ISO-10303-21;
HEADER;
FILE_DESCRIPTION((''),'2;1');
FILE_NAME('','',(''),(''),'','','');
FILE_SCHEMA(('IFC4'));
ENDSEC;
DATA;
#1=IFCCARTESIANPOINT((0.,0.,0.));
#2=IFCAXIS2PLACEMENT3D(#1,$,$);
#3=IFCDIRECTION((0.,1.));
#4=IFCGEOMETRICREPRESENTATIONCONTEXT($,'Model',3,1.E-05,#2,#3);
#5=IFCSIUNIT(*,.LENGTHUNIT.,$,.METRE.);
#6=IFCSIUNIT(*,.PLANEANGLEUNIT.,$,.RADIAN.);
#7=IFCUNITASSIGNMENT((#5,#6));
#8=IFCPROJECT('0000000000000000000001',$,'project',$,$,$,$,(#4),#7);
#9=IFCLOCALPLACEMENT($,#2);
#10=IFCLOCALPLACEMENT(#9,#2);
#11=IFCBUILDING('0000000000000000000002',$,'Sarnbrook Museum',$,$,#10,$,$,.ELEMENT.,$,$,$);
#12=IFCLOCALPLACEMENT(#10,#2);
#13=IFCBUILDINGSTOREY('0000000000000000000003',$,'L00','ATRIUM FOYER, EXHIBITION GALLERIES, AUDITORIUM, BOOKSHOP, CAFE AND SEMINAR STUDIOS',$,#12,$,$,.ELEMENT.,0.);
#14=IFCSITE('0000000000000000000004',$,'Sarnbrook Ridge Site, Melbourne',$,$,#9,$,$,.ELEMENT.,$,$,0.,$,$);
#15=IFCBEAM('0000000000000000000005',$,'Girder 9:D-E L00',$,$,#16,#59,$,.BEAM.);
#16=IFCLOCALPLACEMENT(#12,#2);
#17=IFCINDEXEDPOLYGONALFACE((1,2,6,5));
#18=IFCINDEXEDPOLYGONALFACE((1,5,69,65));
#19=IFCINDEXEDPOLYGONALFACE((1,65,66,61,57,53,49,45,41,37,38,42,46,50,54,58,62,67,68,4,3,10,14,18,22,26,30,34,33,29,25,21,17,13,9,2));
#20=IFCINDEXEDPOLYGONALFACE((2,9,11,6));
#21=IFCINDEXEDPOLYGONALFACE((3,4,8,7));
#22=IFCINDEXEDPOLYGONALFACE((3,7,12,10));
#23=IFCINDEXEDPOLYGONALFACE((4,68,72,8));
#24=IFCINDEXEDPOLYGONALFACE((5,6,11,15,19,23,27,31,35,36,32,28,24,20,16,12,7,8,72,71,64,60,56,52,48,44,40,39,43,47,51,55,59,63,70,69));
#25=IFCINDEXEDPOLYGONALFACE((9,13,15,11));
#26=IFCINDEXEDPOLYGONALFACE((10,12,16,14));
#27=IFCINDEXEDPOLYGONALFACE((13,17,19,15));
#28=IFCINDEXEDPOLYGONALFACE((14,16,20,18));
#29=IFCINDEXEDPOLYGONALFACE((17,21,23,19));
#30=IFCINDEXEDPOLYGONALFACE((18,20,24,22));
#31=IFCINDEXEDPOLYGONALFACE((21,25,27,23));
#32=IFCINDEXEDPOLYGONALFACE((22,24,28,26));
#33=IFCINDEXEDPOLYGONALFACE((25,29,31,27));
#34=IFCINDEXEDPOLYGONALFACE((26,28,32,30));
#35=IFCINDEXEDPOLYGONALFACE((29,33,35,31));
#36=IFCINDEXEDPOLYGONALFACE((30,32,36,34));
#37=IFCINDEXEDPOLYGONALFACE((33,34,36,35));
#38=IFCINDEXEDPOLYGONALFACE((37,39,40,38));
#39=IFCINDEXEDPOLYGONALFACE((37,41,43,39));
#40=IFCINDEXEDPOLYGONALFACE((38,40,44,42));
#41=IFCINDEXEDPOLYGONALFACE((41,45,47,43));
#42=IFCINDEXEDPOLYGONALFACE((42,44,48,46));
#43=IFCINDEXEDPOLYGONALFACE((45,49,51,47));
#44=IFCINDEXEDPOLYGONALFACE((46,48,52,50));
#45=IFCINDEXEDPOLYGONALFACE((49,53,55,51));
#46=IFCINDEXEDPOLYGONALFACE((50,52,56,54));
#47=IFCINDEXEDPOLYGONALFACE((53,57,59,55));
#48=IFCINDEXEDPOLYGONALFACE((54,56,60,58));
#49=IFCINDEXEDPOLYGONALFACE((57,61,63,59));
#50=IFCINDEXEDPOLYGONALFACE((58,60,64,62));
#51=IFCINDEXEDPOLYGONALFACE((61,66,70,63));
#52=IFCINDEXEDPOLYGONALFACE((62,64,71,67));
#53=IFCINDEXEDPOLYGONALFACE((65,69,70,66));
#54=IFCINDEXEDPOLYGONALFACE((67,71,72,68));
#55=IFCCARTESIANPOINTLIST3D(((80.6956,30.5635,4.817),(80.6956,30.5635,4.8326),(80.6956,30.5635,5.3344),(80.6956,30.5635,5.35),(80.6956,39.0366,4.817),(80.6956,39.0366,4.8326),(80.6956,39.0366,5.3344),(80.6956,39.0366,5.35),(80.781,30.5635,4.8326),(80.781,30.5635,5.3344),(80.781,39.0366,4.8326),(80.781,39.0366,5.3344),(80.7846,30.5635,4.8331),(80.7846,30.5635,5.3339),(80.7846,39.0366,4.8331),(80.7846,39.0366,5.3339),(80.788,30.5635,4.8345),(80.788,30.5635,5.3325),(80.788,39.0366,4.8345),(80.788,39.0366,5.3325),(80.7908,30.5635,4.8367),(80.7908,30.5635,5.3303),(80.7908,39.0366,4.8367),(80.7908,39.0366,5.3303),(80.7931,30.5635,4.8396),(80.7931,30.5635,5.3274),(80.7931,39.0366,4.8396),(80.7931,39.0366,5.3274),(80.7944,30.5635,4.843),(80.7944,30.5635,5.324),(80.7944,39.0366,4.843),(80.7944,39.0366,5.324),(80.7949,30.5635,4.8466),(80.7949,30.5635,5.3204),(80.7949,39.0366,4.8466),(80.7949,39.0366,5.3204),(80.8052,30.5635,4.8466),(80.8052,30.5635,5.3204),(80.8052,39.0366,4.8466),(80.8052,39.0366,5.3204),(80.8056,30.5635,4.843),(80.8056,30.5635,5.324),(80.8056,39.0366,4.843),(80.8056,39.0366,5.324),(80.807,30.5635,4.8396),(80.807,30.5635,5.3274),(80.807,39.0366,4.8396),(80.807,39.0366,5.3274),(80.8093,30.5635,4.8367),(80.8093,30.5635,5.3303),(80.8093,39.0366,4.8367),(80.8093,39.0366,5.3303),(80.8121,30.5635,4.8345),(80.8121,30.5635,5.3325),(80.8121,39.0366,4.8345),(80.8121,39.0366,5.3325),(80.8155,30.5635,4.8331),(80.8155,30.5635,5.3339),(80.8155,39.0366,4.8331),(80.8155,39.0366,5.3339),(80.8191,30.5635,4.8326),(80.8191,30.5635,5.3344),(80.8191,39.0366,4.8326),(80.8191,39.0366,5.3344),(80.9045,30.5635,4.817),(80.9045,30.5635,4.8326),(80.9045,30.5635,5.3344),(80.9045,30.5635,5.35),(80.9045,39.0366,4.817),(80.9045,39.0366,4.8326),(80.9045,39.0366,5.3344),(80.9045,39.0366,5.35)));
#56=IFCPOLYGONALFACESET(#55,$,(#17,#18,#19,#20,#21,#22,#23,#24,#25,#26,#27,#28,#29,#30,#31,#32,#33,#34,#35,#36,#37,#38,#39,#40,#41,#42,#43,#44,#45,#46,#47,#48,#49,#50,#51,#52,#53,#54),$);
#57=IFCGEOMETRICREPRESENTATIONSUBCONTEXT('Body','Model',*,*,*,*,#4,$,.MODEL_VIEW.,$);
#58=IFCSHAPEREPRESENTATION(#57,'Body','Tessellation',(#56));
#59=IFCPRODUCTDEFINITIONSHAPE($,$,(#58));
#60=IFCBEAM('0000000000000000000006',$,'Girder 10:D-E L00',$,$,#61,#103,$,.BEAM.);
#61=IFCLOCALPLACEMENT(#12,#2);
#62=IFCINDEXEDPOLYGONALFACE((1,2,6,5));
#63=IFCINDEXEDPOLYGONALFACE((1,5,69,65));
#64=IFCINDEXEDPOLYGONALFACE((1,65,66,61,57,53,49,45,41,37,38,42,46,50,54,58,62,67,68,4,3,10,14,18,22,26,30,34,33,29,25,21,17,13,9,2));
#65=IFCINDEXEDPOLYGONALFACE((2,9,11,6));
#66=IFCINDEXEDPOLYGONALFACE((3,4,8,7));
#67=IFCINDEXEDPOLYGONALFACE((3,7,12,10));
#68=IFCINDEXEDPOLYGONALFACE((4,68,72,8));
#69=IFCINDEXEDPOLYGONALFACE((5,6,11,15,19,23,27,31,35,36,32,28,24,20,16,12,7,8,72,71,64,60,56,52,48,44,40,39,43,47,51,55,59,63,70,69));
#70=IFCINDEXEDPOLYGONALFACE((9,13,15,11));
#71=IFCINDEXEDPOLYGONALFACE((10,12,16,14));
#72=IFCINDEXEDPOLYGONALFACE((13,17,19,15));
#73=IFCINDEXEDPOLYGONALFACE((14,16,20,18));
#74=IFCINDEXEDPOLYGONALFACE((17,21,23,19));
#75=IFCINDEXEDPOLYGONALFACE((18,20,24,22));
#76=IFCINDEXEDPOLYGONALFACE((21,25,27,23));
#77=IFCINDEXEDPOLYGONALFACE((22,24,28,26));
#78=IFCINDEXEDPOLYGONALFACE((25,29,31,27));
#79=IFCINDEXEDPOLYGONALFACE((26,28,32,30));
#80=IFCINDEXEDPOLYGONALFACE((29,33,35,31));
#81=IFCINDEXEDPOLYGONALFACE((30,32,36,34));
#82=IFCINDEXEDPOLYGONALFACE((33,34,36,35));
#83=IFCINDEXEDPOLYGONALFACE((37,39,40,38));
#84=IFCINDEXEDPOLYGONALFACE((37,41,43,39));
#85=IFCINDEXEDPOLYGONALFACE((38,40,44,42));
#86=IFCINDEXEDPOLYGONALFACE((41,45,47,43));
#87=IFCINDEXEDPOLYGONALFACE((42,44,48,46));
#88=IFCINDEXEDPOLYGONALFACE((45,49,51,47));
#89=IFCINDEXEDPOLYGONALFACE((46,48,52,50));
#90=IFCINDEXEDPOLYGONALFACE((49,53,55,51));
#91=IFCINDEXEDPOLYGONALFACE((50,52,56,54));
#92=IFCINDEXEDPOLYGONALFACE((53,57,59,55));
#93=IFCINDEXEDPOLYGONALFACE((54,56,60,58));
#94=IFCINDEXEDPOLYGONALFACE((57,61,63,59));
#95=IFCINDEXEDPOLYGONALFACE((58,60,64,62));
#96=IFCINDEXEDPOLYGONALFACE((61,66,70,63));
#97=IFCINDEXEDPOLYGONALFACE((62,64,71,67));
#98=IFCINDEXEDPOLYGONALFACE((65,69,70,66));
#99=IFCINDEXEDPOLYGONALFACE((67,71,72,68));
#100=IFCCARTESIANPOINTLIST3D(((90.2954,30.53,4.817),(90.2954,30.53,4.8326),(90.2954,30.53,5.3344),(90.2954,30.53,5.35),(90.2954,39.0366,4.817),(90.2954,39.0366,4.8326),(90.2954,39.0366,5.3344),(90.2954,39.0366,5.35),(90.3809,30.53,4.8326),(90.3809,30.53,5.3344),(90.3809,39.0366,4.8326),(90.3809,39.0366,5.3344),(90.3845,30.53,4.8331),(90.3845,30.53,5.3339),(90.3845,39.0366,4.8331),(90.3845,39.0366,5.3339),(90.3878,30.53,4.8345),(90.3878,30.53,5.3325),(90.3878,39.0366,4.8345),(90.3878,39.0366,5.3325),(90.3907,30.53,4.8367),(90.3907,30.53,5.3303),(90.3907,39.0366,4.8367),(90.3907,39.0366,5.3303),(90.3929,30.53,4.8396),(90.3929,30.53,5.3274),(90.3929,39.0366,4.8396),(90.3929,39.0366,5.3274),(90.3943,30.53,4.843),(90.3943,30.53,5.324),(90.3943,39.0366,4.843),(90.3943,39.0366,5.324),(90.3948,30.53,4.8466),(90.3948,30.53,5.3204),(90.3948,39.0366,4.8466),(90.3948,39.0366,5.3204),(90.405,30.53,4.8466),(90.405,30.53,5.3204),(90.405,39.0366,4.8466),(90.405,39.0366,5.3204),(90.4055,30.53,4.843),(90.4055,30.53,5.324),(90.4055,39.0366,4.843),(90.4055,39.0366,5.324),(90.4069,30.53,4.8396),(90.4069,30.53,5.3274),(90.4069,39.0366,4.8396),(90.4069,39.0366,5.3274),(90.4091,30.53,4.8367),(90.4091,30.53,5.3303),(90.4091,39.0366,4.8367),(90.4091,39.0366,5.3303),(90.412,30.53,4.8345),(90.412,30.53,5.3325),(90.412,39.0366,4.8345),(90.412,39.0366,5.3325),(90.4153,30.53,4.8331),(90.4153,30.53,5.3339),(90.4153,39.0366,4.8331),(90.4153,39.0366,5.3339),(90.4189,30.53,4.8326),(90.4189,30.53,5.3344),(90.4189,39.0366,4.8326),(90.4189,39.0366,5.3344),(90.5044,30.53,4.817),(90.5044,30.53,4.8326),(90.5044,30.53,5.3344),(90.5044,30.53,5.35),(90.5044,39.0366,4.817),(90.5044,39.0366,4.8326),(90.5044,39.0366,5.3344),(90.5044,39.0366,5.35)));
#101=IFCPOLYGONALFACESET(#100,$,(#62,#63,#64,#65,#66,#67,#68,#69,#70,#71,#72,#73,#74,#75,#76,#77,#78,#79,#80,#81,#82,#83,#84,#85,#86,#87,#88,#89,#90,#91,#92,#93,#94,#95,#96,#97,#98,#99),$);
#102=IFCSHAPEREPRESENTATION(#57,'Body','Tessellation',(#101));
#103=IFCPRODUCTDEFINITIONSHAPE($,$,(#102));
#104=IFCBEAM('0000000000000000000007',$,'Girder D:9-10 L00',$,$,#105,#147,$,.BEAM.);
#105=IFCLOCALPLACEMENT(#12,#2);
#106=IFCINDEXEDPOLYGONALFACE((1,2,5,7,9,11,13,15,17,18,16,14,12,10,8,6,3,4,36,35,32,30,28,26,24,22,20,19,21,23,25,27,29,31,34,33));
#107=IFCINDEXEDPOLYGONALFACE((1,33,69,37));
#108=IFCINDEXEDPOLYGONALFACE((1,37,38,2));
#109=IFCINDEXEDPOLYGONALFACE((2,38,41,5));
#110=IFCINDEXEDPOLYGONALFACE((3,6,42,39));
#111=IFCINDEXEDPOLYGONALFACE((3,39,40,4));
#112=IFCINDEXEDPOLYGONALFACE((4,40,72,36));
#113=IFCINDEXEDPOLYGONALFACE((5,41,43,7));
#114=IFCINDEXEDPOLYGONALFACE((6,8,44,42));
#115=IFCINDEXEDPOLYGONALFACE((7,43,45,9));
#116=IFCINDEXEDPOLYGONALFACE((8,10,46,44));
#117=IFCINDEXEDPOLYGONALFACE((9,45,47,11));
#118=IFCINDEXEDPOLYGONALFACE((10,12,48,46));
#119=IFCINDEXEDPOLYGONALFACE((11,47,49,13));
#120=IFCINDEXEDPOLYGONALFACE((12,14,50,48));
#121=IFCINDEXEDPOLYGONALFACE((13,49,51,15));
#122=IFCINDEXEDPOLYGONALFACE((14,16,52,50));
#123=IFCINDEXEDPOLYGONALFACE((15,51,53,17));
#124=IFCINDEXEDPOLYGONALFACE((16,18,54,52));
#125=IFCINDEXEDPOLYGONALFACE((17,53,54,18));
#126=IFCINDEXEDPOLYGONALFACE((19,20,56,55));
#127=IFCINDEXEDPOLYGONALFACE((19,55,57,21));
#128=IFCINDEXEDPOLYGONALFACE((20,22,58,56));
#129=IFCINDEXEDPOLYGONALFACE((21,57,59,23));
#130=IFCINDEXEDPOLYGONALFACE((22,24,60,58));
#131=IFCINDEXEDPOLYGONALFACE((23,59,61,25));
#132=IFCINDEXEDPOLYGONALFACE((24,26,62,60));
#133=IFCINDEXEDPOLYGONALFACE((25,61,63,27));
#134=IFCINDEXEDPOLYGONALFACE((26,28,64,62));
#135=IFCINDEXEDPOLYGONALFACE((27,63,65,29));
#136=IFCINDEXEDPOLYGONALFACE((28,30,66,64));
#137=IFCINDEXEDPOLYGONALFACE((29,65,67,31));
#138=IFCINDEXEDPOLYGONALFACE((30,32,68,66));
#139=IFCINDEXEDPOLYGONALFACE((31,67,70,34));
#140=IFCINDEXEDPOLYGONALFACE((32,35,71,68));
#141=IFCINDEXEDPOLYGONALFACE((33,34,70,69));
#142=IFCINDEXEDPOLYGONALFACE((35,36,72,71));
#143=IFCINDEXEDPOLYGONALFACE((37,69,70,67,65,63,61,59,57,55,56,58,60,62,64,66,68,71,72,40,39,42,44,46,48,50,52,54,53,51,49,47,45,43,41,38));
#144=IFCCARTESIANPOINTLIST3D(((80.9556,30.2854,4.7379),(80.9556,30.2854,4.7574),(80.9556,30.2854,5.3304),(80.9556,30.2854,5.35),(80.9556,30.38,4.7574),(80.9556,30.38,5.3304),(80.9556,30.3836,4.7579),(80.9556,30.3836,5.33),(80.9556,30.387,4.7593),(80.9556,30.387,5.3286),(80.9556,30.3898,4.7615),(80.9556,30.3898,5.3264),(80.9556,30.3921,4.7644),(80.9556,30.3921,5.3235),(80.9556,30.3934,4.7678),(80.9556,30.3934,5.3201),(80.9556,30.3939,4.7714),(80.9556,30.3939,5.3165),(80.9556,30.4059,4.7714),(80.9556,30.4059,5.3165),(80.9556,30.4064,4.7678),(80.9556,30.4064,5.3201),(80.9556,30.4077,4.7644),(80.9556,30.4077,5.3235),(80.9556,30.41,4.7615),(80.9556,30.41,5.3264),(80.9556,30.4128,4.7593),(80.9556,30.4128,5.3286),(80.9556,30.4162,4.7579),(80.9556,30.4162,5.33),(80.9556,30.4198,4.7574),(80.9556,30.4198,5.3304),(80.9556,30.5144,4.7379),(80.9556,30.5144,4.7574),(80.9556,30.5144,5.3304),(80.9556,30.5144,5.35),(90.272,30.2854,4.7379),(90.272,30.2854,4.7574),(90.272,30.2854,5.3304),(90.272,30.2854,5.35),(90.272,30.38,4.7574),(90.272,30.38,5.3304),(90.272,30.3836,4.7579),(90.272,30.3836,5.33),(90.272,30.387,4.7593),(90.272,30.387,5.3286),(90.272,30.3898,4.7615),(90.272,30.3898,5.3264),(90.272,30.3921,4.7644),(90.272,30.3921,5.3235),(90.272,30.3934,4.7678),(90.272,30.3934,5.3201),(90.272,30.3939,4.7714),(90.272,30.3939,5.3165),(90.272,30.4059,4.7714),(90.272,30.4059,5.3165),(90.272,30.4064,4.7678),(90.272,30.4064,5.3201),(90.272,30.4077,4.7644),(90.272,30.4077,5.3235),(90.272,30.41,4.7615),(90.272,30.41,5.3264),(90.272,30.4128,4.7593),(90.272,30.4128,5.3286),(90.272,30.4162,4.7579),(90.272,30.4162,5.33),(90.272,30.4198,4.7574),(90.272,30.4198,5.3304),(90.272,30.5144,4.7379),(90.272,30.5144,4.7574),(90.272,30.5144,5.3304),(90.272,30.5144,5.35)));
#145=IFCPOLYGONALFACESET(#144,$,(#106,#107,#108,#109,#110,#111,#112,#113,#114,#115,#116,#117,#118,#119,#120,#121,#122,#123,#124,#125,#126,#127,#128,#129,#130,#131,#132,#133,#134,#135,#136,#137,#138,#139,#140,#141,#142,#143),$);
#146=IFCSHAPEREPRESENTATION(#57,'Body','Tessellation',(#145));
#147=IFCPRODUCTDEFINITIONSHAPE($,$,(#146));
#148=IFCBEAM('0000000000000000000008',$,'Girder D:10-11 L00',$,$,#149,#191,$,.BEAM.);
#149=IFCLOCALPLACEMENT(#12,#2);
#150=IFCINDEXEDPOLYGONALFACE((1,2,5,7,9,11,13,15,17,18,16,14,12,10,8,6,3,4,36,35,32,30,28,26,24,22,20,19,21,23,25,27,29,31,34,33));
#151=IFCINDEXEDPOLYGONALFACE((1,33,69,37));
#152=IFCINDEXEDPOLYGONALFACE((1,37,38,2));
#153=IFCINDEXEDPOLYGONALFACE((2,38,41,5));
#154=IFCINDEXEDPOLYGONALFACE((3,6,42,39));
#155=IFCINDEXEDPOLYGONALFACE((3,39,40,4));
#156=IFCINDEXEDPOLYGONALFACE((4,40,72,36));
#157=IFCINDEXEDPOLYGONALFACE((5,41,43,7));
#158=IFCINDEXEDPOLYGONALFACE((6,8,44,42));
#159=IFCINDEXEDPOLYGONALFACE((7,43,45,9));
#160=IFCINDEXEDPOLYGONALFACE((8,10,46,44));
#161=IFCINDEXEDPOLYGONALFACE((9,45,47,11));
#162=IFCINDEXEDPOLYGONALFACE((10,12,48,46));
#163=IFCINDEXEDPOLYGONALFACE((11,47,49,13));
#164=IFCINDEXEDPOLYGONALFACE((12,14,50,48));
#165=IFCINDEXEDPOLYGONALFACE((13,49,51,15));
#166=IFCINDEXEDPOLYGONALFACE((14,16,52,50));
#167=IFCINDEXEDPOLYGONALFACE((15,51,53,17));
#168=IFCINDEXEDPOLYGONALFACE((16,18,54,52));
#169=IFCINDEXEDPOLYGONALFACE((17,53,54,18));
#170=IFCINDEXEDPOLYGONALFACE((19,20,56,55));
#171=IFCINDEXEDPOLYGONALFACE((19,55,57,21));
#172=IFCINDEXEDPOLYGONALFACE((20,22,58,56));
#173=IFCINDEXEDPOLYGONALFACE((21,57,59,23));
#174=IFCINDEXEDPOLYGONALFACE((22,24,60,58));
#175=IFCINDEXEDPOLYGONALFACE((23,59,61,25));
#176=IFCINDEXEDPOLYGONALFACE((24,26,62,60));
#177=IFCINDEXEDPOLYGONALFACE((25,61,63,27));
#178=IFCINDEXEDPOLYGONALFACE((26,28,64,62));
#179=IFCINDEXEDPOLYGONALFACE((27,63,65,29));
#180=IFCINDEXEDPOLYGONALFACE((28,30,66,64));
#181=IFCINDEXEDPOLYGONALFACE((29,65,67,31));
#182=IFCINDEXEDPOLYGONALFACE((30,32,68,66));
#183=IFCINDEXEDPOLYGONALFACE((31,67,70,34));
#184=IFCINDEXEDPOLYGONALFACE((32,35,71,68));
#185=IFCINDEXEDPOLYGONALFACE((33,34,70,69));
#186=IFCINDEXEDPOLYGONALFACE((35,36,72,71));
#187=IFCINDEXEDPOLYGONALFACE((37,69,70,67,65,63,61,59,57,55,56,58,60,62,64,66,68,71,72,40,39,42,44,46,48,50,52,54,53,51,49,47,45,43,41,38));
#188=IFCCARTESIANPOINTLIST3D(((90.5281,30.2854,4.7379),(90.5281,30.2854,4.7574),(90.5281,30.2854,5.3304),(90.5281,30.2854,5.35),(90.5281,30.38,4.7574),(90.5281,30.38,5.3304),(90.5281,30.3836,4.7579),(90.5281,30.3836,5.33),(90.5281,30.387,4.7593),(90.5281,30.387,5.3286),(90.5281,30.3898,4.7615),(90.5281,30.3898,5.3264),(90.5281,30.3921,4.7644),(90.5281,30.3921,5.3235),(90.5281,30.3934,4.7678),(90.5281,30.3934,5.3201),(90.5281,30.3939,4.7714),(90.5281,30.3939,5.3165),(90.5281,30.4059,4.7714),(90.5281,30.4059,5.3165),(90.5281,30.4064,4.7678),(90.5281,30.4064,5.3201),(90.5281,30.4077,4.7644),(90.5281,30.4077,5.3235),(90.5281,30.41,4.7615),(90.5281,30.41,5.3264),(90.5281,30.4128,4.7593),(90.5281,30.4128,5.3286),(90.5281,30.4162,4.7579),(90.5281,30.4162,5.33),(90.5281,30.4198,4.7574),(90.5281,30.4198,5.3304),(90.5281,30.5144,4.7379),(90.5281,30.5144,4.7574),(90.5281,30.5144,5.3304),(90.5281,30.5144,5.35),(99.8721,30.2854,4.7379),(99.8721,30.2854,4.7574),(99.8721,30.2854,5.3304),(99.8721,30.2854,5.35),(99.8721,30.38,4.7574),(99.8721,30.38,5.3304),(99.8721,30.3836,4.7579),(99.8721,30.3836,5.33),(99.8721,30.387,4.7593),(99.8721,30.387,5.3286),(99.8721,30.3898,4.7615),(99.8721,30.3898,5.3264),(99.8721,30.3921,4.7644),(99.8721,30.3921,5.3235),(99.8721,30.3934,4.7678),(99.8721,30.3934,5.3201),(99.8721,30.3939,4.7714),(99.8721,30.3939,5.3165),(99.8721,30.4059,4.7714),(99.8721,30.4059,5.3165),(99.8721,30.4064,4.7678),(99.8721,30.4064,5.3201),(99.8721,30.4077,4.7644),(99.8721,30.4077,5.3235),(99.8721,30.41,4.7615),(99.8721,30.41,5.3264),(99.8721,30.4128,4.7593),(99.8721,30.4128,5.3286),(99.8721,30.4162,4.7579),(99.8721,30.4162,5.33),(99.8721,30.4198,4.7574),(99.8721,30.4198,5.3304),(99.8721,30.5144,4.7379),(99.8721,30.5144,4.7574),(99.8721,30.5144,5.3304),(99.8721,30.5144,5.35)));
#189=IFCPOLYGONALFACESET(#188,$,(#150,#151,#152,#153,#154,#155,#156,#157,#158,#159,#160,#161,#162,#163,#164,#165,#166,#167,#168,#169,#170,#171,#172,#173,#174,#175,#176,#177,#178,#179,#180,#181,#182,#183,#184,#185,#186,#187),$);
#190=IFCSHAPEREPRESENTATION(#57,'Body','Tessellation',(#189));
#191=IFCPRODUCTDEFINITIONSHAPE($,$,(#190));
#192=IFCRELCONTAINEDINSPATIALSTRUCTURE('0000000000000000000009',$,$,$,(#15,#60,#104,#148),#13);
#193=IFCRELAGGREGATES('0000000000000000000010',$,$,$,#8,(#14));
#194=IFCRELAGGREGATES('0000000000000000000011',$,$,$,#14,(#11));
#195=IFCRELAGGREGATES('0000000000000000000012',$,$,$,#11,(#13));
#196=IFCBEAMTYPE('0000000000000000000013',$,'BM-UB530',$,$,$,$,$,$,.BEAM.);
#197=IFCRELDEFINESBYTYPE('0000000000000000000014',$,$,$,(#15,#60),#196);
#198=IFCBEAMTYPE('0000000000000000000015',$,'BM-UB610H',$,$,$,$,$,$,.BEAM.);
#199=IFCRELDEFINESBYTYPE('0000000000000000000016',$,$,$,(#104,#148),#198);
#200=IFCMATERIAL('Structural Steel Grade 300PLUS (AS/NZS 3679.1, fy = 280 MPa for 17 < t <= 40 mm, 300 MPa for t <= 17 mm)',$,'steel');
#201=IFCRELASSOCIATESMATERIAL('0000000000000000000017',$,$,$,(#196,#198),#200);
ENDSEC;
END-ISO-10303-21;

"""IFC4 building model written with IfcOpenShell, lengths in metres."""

from ifc_helpers import new_model, si_unit, direction, frame, origin, origin_2d, place, context, subcontext, project, spatial, i_section, extrude, material, material_profile, profile_set, type_object, element, save


model = new_model("IFC4")

# Units and contexts
model_context = context("Model", 3, precision=1e-05, world=origin(), true_north=direction((0.0, 1.0)))
body_context = subcontext(model_context, "Body", "Model", "MODEL_VIEW")
ifc_project = project(units=[si_unit("LENGTHUNIT", "METRE"), si_unit("PLANEANGLEUNIT", "RADIAN")], contexts=[model_context])

# Site, building, storey
site_placement = place(None, origin())
site = spatial("IfcSite", under=ifc_project, at=site_placement, Name="Sarnbrook Ridge Site, Melbourne", CompositionType="ELEMENT", RefElevation=0.0)
building_placement = place(site_placement, origin())
building = spatial("IfcBuilding", under=site, at=building_placement, Name="Sarnbrook Museum", CompositionType="ELEMENT")
storey_placement = place(building_placement, origin())
storey = spatial("IfcBuildingStorey", under=building, at=storey_placement, Name="L00", Description="ATRIUM FOYER, EXHIBITION GALLERIES, AUDITORIUM, BOOKSHOP, CAFE AND SEMINAR STUDIOS", CompositionType="ELEMENT", Elevation=0.0)

# Shared definitions
ifc_material_1 = material(Name="Structural Steel Grade 300PLUS (AS/NZS 3679.1, fy = 280 MPa for 17 < t <= 40 mm, 300 MPa for t <= 17 mm)", Category="steel")

# Beams
ifc_material_profile_1 = material_profile(ifc_material_1, i_section(OverallWidth=0.209, OverallDepth=0.533, WebThickness=0.0103, FlangeThickness=0.0156, FilletRadius=0.0139, at=origin_2d()), Name="530UB92.4")
ifc_profile_set_1 = profile_set([ifc_material_profile_1], Name="Structural Steel Grade 300PLUS (AS/NZS 3679.1, fy = 280 MPa for 17 < t <= 40 mm, 300 MPa for t <= 17 mm)")
beam_type_1 = type_object("IfcBeamType", Name="BM-UB530", PredefinedType="BEAM", material=ifc_profile_set_1)
beam_1_placement = place(storey_placement, frame((80.8, 30.5635, 5.0835), z_axis=(0.0, 1.0, 0.0), x_axis=(-1.0, 0.0, 0.0)))
element("IfcBeam", 1, at=beam_1_placement, inside=storey, type_object=beam_type_1, Name="Girder 9:D-E L00", PredefinedType="BEAM", context=body_context, shape_type="SweptSolid", body=[
    extrude(i_section(OverallWidth=0.209, OverallDepth=0.533, WebThickness=0.0103, FlangeThickness=0.0156, FilletRadius=0.0139, at=origin_2d()), origin(), (0.0, 0.0, 1.0), 8.4731),
])
beam_2_placement = place(storey_placement, frame((90.3999, 30.53, 5.0835), z_axis=(0.0, 1.0, 0.0), x_axis=(-1.0, 0.0, 0.0)))
element("IfcBeam", 2, at=beam_2_placement, inside=storey, type_object=beam_type_1, Name="Girder 10:D-E L00", PredefinedType="BEAM", context=body_context, shape_type="SweptSolid", body=[
    extrude(i_section(OverallWidth=0.209, OverallDepth=0.533, WebThickness=0.0103, FlangeThickness=0.0156, FilletRadius=0.0139, at=origin_2d()), origin(), (0.0, 0.0, 1.0), 8.5066),
])
ifc_material_profile_2 = material_profile(ifc_material_1, i_section(OverallWidth=0.229, OverallDepth=0.6121, WebThickness=0.012, FlangeThickness=0.0195, FilletRadius=0.0139, at=origin_2d()), Name="610UB125")
ifc_profile_set_2 = profile_set([ifc_material_profile_2], Name="Structural Steel Grade 300PLUS (AS/NZS 3679.1, fy = 280 MPa for 17 < t <= 40 mm, 300 MPa for t <= 17 mm)")
beam_type_2 = type_object("IfcBeamType", Name="BM-UB610H", PredefinedType="BEAM", material=ifc_profile_set_2)
beam_3_placement = place(storey_placement, frame((80.9556, 30.3999, 5.0439), z_axis=(1.0, 0.0, 0.0), x_axis=(0.0, 1.0, 0.0)))
element("IfcBeam", 3, at=beam_3_placement, inside=storey, type_object=beam_type_2, Name="Girder D:9-10 L00", PredefinedType="BEAM", context=body_context, shape_type="SweptSolid", body=[
    extrude(i_section(OverallWidth=0.229, OverallDepth=0.6121, WebThickness=0.012, FlangeThickness=0.0195, FilletRadius=0.0139, at=origin_2d()), origin(), (0.0, 0.0, 1.0), 9.3164),
])
beam_4_placement = place(storey_placement, frame((90.5281, 30.3999, 5.0439), z_axis=(1.0, 0.0, 0.0), x_axis=(0.0, 1.0, 0.0)))
element("IfcBeam", 4, at=beam_4_placement, inside=storey, type_object=beam_type_2, Name="Girder D:10-11 L00", PredefinedType="BEAM", context=body_context, shape_type="SweptSolid", body=[
    extrude(i_section(OverallWidth=0.229, OverallDepth=0.6121, WebThickness=0.012, FlangeThickness=0.0195, FilletRadius=0.0139, at=origin_2d()), origin(), (0.0, 0.0, 1.0), 9.344),
])

save(model, "model.ifc")
